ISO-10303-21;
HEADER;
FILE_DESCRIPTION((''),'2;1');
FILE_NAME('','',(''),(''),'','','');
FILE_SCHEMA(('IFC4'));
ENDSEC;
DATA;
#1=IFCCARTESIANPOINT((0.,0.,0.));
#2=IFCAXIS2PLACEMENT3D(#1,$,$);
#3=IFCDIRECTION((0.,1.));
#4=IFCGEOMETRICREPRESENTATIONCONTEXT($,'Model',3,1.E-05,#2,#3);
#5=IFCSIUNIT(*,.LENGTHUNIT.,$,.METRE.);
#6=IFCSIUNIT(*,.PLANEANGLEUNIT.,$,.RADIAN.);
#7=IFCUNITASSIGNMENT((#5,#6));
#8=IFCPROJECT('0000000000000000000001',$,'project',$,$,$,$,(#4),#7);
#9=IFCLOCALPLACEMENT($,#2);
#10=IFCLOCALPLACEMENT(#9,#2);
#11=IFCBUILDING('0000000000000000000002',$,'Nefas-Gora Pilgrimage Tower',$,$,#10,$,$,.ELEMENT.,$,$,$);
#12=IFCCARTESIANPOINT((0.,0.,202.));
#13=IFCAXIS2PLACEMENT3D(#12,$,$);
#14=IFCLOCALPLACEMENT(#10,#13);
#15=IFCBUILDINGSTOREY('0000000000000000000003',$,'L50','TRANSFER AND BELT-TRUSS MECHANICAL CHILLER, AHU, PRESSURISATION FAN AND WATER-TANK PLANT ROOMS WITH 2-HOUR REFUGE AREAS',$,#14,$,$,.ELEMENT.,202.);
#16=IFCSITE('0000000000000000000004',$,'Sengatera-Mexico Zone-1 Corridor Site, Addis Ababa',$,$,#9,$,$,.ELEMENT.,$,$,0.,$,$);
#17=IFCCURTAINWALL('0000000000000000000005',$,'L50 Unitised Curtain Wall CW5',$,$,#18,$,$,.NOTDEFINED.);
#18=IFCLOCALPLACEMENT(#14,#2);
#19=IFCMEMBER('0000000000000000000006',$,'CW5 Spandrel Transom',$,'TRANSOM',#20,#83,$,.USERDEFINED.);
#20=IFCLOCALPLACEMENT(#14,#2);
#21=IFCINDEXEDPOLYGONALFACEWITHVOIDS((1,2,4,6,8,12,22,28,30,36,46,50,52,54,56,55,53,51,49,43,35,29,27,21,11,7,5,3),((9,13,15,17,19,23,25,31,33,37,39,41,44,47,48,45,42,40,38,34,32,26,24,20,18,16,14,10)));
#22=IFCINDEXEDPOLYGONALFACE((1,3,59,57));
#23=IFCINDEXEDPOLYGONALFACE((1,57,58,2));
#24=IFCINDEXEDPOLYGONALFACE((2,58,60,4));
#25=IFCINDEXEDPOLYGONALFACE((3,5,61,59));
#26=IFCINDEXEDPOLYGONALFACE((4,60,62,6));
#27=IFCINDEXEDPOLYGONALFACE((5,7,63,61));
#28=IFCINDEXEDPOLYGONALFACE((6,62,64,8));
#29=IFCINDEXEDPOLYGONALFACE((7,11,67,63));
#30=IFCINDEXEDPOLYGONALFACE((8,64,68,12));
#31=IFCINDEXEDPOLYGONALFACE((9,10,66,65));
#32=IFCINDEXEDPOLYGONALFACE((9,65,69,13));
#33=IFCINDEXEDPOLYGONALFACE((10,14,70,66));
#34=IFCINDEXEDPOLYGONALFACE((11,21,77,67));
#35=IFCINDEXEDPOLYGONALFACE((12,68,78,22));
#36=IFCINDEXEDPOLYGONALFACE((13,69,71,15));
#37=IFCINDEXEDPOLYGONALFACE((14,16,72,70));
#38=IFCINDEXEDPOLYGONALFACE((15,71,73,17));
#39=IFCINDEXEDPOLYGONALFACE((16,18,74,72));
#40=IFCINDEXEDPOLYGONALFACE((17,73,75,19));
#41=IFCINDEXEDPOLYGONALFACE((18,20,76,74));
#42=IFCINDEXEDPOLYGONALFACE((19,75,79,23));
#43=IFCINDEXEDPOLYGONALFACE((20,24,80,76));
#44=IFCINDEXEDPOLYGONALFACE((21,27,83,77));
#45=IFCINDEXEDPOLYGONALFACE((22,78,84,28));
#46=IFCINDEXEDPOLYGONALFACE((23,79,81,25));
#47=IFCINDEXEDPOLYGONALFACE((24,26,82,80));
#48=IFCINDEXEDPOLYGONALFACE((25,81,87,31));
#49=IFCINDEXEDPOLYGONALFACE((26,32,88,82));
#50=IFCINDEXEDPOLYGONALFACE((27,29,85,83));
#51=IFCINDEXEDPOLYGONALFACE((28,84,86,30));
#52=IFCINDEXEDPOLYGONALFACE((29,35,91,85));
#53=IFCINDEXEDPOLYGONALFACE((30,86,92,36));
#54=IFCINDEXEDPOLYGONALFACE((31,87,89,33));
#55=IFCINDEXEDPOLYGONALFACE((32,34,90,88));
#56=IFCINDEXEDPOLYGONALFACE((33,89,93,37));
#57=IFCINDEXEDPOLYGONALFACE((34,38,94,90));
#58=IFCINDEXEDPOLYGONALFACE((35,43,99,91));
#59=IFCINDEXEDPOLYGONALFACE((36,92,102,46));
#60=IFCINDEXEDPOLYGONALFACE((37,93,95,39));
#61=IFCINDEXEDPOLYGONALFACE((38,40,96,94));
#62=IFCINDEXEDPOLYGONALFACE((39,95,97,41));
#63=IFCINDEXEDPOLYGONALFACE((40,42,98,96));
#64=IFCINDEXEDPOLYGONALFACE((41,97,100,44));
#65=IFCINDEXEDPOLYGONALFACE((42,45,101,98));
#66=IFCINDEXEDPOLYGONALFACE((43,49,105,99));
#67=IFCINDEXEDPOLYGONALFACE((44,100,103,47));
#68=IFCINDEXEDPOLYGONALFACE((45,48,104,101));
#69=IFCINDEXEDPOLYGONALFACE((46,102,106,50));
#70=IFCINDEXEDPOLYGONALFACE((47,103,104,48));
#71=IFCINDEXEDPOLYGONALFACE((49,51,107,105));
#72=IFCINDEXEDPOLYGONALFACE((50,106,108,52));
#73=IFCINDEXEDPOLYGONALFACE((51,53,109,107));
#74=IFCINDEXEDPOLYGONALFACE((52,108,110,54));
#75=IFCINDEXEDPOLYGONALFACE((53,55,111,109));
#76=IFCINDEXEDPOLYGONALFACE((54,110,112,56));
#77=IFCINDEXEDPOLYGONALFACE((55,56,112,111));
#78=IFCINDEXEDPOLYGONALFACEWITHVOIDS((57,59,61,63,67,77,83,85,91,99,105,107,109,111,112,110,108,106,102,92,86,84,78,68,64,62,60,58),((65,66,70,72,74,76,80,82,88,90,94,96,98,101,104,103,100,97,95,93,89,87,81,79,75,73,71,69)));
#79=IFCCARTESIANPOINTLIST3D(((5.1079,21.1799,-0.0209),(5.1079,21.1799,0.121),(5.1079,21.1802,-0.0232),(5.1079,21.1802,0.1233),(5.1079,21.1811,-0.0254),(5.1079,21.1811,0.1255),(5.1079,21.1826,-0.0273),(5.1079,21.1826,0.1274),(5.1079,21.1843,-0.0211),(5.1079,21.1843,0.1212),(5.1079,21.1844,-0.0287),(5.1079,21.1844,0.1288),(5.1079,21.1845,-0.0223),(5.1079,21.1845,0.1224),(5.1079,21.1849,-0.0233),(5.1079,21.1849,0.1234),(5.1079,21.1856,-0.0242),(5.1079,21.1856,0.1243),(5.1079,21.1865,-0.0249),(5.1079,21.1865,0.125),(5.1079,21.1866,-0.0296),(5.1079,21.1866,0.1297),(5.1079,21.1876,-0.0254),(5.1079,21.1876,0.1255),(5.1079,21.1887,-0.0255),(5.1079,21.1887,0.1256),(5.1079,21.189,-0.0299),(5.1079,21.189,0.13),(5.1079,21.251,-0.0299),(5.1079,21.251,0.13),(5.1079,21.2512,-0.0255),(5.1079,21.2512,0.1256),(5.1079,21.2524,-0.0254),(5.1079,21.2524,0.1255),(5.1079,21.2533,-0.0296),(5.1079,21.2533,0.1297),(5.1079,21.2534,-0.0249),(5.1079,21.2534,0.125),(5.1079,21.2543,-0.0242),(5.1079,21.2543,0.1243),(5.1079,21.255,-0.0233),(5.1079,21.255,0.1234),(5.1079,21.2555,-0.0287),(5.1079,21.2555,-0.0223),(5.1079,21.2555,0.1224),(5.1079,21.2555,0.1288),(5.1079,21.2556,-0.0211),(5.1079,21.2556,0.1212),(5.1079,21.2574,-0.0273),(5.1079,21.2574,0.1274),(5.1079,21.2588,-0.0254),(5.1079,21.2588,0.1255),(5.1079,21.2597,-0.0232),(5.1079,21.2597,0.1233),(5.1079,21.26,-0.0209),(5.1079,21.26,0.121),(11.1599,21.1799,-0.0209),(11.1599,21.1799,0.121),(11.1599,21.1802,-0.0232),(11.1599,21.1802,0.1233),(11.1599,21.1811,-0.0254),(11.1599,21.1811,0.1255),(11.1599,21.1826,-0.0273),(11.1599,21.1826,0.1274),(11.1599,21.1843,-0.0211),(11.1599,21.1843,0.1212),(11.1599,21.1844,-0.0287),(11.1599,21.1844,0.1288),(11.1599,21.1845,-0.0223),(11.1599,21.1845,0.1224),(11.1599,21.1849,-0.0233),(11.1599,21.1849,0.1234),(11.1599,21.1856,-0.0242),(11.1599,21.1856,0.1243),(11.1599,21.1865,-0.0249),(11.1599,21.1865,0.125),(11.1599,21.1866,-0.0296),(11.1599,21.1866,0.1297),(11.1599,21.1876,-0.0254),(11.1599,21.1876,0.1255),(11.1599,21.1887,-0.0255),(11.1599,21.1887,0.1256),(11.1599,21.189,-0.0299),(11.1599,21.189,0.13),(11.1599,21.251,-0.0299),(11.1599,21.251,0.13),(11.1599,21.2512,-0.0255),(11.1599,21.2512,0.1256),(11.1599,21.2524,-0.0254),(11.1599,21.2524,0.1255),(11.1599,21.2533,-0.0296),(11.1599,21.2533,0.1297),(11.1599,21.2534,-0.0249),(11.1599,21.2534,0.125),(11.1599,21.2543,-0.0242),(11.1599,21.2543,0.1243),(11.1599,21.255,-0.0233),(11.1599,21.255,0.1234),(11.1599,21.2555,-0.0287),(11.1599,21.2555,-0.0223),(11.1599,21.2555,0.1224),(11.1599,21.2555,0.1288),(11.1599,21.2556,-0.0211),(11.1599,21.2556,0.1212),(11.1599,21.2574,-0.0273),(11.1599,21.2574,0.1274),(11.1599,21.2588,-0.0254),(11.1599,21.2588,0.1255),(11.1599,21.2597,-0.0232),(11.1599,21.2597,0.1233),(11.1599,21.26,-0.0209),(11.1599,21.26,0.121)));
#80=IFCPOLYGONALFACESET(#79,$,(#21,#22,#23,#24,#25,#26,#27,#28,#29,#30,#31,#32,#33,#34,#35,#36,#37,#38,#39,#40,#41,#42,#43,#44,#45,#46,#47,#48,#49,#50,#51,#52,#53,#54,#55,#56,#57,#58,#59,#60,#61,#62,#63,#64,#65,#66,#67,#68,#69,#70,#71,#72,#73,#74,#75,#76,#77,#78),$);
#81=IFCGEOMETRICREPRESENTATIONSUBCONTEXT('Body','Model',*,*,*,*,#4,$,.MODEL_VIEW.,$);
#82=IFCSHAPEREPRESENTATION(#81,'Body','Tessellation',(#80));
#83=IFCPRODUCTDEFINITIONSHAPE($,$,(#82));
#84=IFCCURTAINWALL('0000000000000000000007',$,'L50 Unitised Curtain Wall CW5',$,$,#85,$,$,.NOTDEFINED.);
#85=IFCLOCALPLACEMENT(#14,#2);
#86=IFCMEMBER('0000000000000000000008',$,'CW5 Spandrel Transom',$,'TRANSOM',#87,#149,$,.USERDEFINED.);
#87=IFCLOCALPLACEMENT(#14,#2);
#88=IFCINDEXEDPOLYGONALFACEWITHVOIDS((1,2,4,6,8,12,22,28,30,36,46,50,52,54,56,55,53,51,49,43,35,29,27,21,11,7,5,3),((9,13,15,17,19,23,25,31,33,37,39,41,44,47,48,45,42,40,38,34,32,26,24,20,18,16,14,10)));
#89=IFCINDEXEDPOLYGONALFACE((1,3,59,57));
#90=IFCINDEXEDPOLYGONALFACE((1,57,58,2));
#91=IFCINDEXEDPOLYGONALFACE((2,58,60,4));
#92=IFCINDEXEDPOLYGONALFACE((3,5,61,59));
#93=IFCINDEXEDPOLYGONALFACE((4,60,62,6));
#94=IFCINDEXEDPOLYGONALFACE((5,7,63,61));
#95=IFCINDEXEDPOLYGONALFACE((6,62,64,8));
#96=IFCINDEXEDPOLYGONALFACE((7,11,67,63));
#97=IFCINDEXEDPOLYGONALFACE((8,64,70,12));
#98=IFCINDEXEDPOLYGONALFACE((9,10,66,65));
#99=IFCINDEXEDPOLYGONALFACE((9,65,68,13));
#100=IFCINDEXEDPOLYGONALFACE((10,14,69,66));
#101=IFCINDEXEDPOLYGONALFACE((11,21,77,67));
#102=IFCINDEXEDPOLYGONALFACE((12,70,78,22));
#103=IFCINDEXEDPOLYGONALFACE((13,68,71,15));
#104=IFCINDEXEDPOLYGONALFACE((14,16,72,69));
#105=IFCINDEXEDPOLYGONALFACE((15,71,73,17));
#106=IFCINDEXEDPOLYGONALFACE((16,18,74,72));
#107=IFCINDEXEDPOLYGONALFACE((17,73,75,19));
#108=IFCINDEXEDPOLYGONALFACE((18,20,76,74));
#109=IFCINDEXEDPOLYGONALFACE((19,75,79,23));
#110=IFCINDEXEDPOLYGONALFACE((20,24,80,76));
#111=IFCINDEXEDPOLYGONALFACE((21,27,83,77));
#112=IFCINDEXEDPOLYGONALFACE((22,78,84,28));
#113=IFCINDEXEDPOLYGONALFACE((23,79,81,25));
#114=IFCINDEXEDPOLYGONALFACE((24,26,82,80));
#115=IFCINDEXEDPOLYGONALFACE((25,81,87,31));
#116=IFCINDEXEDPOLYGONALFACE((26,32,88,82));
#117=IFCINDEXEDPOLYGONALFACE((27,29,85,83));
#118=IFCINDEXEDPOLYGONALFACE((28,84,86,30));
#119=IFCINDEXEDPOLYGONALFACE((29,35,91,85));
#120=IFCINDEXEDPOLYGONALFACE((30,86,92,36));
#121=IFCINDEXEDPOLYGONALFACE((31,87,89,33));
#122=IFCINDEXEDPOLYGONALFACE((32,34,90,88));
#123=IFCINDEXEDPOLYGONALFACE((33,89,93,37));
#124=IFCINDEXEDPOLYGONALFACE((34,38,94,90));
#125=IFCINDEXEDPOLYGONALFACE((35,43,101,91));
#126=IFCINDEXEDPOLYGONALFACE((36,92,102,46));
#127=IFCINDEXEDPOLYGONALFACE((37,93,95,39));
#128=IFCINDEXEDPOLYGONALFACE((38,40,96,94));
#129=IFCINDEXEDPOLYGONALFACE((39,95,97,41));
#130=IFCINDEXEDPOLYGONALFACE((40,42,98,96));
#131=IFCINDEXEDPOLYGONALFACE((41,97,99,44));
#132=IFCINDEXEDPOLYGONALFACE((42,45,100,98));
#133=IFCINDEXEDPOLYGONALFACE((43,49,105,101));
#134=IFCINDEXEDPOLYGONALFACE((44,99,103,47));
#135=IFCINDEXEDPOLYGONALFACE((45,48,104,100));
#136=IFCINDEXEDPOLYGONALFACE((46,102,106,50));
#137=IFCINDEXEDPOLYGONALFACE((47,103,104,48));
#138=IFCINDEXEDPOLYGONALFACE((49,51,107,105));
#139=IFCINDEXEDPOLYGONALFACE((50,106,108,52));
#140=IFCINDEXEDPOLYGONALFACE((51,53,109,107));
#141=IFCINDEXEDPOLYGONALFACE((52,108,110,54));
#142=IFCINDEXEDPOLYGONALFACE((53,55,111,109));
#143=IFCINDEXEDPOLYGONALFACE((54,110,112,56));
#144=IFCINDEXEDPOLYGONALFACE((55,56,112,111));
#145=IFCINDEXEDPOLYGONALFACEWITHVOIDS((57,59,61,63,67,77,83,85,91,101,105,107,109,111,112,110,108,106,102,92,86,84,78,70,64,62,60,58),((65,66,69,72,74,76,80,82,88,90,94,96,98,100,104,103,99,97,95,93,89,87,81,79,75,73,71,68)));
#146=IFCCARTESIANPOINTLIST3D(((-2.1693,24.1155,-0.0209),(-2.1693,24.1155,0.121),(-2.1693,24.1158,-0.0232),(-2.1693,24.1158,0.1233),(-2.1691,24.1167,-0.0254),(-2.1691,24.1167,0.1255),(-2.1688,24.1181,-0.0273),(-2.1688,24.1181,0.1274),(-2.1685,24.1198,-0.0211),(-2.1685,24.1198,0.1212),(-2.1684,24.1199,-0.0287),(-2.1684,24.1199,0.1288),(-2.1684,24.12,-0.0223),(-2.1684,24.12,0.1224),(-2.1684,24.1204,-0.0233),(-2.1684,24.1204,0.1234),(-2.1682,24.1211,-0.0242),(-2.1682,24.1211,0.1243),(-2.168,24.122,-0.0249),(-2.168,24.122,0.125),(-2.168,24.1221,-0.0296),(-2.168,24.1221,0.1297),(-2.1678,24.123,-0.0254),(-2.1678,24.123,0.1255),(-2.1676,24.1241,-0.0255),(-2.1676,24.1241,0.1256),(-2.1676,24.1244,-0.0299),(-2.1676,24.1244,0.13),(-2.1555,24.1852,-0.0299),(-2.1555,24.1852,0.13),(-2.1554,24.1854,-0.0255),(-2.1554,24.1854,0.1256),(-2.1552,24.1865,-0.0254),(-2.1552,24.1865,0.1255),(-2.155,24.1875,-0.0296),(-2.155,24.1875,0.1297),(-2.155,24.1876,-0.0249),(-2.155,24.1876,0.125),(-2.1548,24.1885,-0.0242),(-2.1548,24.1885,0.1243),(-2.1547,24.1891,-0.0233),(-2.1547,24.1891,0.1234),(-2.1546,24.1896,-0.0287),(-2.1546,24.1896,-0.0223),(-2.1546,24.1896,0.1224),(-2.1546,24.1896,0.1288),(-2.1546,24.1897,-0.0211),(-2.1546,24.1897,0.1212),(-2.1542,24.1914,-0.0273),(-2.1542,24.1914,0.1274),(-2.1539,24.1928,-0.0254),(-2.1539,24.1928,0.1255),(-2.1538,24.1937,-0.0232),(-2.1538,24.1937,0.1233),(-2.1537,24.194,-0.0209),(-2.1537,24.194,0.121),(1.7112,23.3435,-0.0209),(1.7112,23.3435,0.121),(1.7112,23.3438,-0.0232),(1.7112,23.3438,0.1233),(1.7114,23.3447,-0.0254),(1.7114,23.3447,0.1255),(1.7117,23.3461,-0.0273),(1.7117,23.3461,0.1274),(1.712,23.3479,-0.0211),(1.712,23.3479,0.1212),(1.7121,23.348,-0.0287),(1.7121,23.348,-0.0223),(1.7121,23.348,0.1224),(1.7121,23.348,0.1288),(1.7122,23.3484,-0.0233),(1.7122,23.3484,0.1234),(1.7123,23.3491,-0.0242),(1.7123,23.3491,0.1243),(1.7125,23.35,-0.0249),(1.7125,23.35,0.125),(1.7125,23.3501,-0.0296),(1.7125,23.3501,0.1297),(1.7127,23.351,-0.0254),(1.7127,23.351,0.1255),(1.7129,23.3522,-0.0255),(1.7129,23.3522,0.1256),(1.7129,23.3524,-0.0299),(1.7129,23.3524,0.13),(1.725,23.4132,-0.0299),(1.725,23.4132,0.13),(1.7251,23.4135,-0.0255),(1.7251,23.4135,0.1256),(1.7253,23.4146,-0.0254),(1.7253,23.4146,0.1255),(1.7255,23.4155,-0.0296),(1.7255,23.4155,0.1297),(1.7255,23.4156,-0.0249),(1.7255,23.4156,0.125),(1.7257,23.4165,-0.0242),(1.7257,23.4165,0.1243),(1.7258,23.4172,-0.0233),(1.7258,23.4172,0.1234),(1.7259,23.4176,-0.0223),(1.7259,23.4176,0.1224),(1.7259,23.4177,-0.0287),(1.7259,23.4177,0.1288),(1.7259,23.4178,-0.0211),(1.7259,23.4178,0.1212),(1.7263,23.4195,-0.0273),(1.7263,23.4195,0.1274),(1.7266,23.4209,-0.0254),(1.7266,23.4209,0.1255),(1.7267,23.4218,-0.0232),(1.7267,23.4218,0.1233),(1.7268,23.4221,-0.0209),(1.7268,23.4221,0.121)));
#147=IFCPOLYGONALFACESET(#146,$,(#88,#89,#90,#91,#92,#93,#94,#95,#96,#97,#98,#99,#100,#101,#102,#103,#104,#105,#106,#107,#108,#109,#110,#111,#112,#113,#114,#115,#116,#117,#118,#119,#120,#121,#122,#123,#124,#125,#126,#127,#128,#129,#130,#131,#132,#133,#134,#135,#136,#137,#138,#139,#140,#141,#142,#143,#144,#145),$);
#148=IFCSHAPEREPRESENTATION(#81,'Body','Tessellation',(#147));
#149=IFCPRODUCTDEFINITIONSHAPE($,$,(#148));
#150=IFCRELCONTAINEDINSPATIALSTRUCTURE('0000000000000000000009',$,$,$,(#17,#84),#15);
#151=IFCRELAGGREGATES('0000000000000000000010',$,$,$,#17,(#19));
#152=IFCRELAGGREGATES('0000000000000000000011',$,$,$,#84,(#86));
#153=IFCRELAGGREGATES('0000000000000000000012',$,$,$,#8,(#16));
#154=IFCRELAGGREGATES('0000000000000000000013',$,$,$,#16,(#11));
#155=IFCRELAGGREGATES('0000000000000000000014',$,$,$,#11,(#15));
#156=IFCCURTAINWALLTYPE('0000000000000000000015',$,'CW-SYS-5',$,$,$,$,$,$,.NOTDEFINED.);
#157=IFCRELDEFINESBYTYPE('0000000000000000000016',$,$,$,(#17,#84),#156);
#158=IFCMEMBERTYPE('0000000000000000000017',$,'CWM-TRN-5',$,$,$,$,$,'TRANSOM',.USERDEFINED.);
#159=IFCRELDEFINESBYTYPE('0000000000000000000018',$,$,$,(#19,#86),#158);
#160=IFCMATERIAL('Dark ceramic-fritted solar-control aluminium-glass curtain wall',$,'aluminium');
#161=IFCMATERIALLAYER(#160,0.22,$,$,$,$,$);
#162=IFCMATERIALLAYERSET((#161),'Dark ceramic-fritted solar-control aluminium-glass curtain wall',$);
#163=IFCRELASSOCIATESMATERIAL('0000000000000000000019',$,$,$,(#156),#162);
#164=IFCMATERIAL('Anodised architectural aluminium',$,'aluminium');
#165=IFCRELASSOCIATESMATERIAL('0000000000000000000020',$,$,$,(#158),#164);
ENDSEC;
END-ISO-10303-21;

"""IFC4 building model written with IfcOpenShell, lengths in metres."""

from ifc_helpers import new_model, si_unit, direction, frame, origin, origin_2d, place, context, subcontext, project, spatial, hollow_rectangle, extrude, source, transform, mapped, material, layer, layer_set, material_profile, profile_set, type_object, element, aggregate, save


model = new_model("IFC4")

# Units and contexts
model_context = context("Model", 3, precision=1e-05, world=origin(), true_north=direction((0.0, 1.0)))
body_context = subcontext(model_context, "Body", "Model", "MODEL_VIEW")
ifc_project = project(units=[si_unit("LENGTHUNIT", "METRE"), si_unit("PLANEANGLEUNIT", "RADIAN")], contexts=[model_context])

# Site, building, storey
site_placement = place(None, origin())
site = spatial("IfcSite", under=ifc_project, at=site_placement, Name="Sengatera-Mexico Zone-1 Corridor Site, Addis Ababa", CompositionType="ELEMENT", RefElevation=0.0)
building_placement = place(site_placement, origin())
building = spatial("IfcBuilding", under=site, at=building_placement, Name="Nefas-Gora Pilgrimage Tower", CompositionType="ELEMENT")
storey_placement = place(building_placement, frame((0.0, 0.0, 202.0)))
storey = spatial("IfcBuildingStorey", under=building, at=storey_placement, Name="L50", Description="TRANSFER AND BELT-TRUSS MECHANICAL CHILLER, AHU, PRESSURISATION FAN AND WATER-TANK PLANT ROOMS WITH 2-HOUR REFUGE AREAS", CompositionType="ELEMENT", Elevation=202.0)

# Curtain walls, members
ifc_material_1 = material(Name="Dark ceramic-fritted solar-control aluminium-glass curtain wall", Category="aluminium")
ifc_layer_1 = layer(ifc_material_1, 0.22)
ifc_layer_set_1 = layer_set([ifc_layer_1], Name="Dark ceramic-fritted solar-control aluminium-glass curtain wall")
curtain_wall_type_1 = type_object("IfcCurtainWallType", Name="CW-SYS-5", PredefinedType="NOTDEFINED", material=ifc_layer_set_1)
curtain_wall_1_placement = place(storey_placement, origin())
curtain_wall_1 = element("IfcCurtainWall", 1, at=curtain_wall_1_placement, inside=storey, type_object=curtain_wall_type_1, Name="L50 Unitised Curtain Wall CW5", PredefinedType="NOTDEFINED")
ifc_material_2 = material(Name="Anodised architectural aluminium", Category="aluminium")
ifc_material_profile_1 = material_profile(ifc_material_2, hollow_rectangle(XDim=0.0801, YDim=0.1599, WallThickness=0.0044, InnerFilletRadius=0.0044, OuterFilletRadius=0.009, at=origin_2d()), Name="ALU TRANSOM 80x160")
ifc_profile_set_1 = profile_set([ifc_material_profile_1], Name="Anodised architectural aluminium")
member_type_1 = type_object("IfcMemberType", Name="CWM-TRN-5", ElementType="TRANSOM", PredefinedType="USERDEFINED", material=ifc_profile_set_1)
shared_shape_1 = source(origin(), body_context, "Body", "SweptSolid", [
    extrude(hollow_rectangle(XDim=0.0801, YDim=0.1599, WallThickness=0.0044, InnerFilletRadius=0.0044, OuterFilletRadius=0.009, at=origin_2d()), origin(), (0.0, 0.0, 1.0), 6.052),
])
member_1_placement = place(storey_placement, frame((11.1599, 21.22, 0.05), z_axis=(-1.0, 0.0, 0.0), x_axis=(0.0, -1.0, 0.0)))
member_1 = element("IfcMember", 2, at=member_1_placement, type_object=member_type_1, Name="CW5 Spandrel Transom", ObjectType="TRANSOM", PredefinedType="USERDEFINED", context=body_context, shape_type="MappedRepresentation", body=[
    mapped(shared_shape_1, transform((0.0, 0.0, 0.0), x_axis=(1.0, 0.0, 0.0), y_axis=(0.0, 1.0, 0.0), z_axis=(0.0, 0.0, 1.0), scale=1.0)),
])
curtain_wall_2_placement = place(storey_placement, origin())
curtain_wall_2 = element("IfcCurtainWall", 3, at=curtain_wall_2_placement, inside=storey, type_object=curtain_wall_type_1, Name="L50 Unitised Curtain Wall CW5", PredefinedType="NOTDEFINED")
shared_shape_2 = source(origin(), body_context, "Body", "SweptSolid", [
    extrude(hollow_rectangle(XDim=0.0801, YDim=0.1599, WallThickness=0.0044, InnerFilletRadius=0.0044, OuterFilletRadius=0.009, at=origin_2d()), origin(), (0.0, 0.0, 1.0), 3.9565),
])
member_2_placement = place(storey_placement, frame((1.719, 23.3828, 0.05), z_axis=(-0.980782, 0.195107, 0.0), x_axis=(-0.195107, -0.980782, 0.0)))
member_2 = element("IfcMember", 4, at=member_2_placement, type_object=member_type_1, Name="CW5 Spandrel Transom", ObjectType="TRANSOM", PredefinedType="USERDEFINED", context=body_context, shape_type="MappedRepresentation", body=[
    mapped(shared_shape_2, transform((0.0, 0.0, 0.0), x_axis=(1.0, 0.0, 0.0), y_axis=(0.0, 1.0, 0.0), z_axis=(0.0, 0.0, 1.0), scale=1.0)),
])

aggregate(curtain_wall_1, [member_1])
aggregate(curtain_wall_2, [member_2])

save(model, "model.ifc")
